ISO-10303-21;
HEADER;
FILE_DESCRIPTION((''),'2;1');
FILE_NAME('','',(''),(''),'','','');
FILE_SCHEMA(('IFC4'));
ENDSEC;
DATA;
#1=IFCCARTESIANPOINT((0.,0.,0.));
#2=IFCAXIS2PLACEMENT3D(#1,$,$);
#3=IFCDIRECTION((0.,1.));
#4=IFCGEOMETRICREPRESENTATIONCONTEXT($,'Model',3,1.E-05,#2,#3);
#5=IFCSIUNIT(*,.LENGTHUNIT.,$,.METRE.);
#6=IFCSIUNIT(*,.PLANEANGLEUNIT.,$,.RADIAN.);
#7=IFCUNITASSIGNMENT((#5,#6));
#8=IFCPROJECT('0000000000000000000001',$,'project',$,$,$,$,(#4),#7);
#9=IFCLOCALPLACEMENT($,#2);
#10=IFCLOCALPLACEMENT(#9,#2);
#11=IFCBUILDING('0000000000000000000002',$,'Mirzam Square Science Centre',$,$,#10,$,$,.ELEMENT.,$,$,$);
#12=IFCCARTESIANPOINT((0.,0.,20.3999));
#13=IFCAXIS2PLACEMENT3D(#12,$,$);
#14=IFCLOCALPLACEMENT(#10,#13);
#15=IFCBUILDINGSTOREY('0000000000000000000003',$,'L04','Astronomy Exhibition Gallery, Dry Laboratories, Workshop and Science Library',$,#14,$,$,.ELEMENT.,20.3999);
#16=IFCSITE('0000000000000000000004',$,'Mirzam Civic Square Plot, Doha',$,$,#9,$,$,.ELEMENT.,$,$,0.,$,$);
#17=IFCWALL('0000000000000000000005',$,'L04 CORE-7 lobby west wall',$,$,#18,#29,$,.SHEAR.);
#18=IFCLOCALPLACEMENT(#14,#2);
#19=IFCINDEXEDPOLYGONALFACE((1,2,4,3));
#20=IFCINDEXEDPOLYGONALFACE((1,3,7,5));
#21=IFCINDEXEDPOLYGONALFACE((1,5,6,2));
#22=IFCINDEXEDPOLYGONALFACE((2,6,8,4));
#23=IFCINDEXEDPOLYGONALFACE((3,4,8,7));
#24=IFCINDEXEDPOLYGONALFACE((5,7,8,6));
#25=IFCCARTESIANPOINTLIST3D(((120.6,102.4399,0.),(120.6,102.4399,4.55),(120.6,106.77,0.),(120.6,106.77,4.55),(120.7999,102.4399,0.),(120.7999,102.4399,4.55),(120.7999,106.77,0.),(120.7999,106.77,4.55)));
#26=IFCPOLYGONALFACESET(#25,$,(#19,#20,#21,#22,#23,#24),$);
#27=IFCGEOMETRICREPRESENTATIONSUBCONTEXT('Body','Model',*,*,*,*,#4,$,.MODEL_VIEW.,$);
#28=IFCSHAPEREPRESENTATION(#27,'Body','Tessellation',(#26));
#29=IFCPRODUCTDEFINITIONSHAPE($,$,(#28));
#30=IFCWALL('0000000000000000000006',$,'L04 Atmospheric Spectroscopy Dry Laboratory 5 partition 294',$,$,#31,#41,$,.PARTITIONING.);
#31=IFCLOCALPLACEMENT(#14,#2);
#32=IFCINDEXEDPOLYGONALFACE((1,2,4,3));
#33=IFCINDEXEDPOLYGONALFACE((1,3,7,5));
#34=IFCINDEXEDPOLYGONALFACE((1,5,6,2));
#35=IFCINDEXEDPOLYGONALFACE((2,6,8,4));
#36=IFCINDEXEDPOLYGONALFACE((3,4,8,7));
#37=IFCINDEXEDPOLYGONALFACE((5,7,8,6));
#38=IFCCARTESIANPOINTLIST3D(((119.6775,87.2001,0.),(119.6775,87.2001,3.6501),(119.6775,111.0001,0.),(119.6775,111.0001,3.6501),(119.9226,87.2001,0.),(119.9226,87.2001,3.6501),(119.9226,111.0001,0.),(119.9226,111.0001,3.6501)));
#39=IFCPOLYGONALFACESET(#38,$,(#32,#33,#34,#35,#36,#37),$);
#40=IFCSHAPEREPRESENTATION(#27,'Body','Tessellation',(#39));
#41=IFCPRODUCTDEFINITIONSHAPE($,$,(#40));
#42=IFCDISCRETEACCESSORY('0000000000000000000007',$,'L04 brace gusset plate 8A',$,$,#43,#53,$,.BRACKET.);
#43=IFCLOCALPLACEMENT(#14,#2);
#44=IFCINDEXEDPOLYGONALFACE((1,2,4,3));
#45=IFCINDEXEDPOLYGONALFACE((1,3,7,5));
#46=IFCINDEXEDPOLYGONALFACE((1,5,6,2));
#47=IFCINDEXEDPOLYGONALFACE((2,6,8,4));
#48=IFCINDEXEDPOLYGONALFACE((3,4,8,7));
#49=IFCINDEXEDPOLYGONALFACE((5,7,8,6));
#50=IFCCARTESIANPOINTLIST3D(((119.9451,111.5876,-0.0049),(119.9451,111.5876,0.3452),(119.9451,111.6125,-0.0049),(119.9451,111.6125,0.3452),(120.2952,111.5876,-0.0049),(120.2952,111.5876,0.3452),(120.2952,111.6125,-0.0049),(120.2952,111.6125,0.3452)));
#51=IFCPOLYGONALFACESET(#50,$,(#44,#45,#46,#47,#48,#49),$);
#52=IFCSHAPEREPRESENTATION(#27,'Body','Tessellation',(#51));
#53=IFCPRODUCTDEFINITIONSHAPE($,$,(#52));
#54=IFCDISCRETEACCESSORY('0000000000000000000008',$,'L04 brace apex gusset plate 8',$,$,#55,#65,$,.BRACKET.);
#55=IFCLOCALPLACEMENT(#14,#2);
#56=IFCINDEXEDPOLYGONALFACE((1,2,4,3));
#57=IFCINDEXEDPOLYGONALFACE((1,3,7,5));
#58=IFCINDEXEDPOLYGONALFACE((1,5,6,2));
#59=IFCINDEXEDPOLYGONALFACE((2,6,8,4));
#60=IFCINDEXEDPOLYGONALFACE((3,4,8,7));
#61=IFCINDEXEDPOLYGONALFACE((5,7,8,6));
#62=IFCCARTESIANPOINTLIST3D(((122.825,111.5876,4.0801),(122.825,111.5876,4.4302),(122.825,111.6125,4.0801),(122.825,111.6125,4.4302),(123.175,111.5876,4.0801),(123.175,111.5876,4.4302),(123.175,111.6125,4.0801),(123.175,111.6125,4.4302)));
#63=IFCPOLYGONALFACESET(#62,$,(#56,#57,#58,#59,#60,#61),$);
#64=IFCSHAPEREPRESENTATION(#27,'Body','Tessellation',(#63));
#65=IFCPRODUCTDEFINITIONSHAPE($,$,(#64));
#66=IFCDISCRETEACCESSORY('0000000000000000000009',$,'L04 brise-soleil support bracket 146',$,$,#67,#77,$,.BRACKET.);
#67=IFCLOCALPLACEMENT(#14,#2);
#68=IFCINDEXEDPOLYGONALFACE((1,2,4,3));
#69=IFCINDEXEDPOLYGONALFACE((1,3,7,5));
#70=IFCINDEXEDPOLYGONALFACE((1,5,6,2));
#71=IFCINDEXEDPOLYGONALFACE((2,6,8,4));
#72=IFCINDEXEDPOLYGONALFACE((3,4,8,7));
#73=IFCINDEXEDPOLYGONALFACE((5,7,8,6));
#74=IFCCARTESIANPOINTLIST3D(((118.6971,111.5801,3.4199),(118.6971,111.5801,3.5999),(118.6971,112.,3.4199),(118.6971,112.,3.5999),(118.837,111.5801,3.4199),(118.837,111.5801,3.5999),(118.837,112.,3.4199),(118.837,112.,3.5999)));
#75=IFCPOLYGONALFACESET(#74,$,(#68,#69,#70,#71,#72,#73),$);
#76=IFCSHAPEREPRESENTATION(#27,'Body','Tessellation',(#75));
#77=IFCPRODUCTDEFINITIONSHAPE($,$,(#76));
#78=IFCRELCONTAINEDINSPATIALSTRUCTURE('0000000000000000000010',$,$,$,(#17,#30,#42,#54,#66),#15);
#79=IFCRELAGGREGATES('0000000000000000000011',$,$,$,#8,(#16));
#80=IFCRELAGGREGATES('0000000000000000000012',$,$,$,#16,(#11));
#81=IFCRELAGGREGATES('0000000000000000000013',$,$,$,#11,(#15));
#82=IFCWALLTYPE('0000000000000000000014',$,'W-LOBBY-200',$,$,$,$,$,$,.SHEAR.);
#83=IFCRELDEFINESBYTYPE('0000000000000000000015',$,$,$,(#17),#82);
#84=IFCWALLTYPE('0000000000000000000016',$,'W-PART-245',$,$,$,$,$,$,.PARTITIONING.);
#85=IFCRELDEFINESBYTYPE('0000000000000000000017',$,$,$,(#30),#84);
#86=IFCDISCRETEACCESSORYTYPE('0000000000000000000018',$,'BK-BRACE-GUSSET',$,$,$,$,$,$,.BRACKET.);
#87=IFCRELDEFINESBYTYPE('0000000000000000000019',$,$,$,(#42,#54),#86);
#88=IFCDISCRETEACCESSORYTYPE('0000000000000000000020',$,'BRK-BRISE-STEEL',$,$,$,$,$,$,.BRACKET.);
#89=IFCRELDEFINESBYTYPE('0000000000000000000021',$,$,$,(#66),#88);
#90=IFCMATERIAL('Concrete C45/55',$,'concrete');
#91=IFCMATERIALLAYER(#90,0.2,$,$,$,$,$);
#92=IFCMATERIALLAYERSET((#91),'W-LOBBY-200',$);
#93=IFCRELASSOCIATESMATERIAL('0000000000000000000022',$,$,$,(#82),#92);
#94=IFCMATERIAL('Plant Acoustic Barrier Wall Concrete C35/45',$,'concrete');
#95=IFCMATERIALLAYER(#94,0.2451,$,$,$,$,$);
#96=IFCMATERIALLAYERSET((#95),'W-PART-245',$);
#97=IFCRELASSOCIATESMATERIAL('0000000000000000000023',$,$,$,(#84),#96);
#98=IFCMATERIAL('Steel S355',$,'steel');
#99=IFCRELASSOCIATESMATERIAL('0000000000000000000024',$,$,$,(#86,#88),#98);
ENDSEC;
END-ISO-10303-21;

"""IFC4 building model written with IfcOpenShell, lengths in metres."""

from ifc_helpers import new_model, si_unit, direction, frame, frame_2d, origin, origin_2d, place, context, subcontext, project, spatial, rectangle, extrude, material, layer, layer_set, type_object, element, save


model = new_model("IFC4")

# Units and contexts
model_context = context("Model", 3, precision=1e-05, world=origin(), true_north=direction((0.0, 1.0)))
body_context = subcontext(model_context, "Body", "Model", "MODEL_VIEW")
ifc_project = project(units=[si_unit("LENGTHUNIT", "METRE"), si_unit("PLANEANGLEUNIT", "RADIAN")], contexts=[model_context])

# Site, building, storey
site_placement = place(None, origin())
site = spatial("IfcSite", under=ifc_project, at=site_placement, Name="Mirzam Civic Square Plot, Doha", CompositionType="ELEMENT", RefElevation=0.0)
building_placement = place(site_placement, origin())
building = spatial("IfcBuilding", under=site, at=building_placement, Name="Mirzam Square Science Centre", CompositionType="ELEMENT")
storey_placement = place(building_placement, frame((0.0, 0.0, 20.3999)))
storey = spatial("IfcBuildingStorey", under=building, at=storey_placement, Name="L04", Description="Astronomy Exhibition Gallery, Dry Laboratories, Workshop and Science Library", CompositionType="ELEMENT", Elevation=20.3999)

# Shared definitions
ifc_material_1 = material(Name="Steel S355", Category="steel")

# Shared definitions
ifc_material_2 = material(Name="Concrete C45/55", Category="concrete")

# Walls
ifc_layer_1 = layer(ifc_material_2, 0.2)
ifc_layer_set_1 = layer_set([ifc_layer_1], Name="W-LOBBY-200")
wall_type_1 = type_object("IfcWallType", Name="W-LOBBY-200", PredefinedType="SHEAR", material=ifc_layer_set_1)
wall_1_placement = place(storey_placement, frame((120.7, 106.77, 0.0), z_axis=(0.0, 0.0, 1.0), x_axis=(0.0, -1.0, 0.0)))
element("IfcWall", 1, at=wall_1_placement, inside=storey, type_object=wall_type_1, Name="L04 CORE-7 lobby west wall", PredefinedType="SHEAR", context=body_context, shape_type="SweptSolid", body=[
    extrude(rectangle(XDim=4.3301, YDim=0.2, at=frame_2d((2.165, 0.0))), origin(), (0.0, 0.0, 1.0), 4.55),
])
ifc_material_3 = material(Name="Plant Acoustic Barrier Wall Concrete C35/45", Category="concrete")
ifc_layer_2 = layer(ifc_material_3, 0.2451)
ifc_layer_set_2 = layer_set([ifc_layer_2], Name="W-PART-245")
wall_type_2 = type_object("IfcWallType", Name="W-PART-245", PredefinedType="PARTITIONING", material=ifc_layer_set_2)
wall_2_placement = place(storey_placement, frame((119.8, 111.0, 0.0), z_axis=(0.0, 0.0, 1.0), x_axis=(0.0, -1.0, 0.0)))
element("IfcWall", 2, at=wall_2_placement, inside=storey, type_object=wall_type_2, Name="L04 Atmospheric Spectroscopy Dry Laboratory 5 partition 294", PredefinedType="PARTITIONING", context=body_context, shape_type="SweptSolid", body=[
    extrude(rectangle(XDim=23.8, YDim=0.2451, at=frame_2d((11.8999, 0.0))), origin(), (0.0, 0.0, 1.0), 3.6501),
])

# Discrete accessories
discrete_accessory_type_1 = type_object("IfcDiscreteAccessoryType", Name="BK-BRACE-GUSSET", PredefinedType="BRACKET", material=ifc_material_1)
for number, where, z_axis, x_axis, name in (
    (3, (120.1201, 111.6001, -0.0049), (0.0, 0.0, 1.0), (1.0, 0.0, 0.0), "L04 brace gusset plate 8A"),
    (4, (123.0, 111.6001, 4.0801), (0.0, 0.0, 1.0), (1.0, 0.0, 0.0), "L04 brace apex gusset plate 8"),
):
    element("IfcDiscreteAccessory", number, at=place(storey_placement, frame(where, z_axis=z_axis, x_axis=x_axis)), inside=storey, type_object=discrete_accessory_type_1, Name=name, PredefinedType="BRACKET", context=body_context, shape_type="SweptSolid", body=[
        extrude(rectangle(XDim=0.3501, YDim=0.0249, at=origin_2d()), origin(), (0.0, 0.0, 1.0), 0.3501),
    ])
discrete_accessory_type_2 = type_object("IfcDiscreteAccessoryType", Name="BRK-BRISE-STEEL", PredefinedType="BRACKET", material=ifc_material_1)
discrete_accessory_placement = place(storey_placement, frame((118.7671, 111.79, 3.4199), z_axis=(0.0, 0.0, 1.0), x_axis=(-1.0, 0.0, 0.0)))
element("IfcDiscreteAccessory", 5, at=discrete_accessory_placement, inside=storey, type_object=discrete_accessory_type_2, Name="L04 brise-soleil support bracket 146", PredefinedType="BRACKET", context=body_context, shape_type="SweptSolid", body=[
    extrude(rectangle(XDim=0.1399, YDim=0.4199, at=origin_2d()), origin(), (0.0, 0.0, 1.0), 0.1799),
])

save(model, "model.ifc")
